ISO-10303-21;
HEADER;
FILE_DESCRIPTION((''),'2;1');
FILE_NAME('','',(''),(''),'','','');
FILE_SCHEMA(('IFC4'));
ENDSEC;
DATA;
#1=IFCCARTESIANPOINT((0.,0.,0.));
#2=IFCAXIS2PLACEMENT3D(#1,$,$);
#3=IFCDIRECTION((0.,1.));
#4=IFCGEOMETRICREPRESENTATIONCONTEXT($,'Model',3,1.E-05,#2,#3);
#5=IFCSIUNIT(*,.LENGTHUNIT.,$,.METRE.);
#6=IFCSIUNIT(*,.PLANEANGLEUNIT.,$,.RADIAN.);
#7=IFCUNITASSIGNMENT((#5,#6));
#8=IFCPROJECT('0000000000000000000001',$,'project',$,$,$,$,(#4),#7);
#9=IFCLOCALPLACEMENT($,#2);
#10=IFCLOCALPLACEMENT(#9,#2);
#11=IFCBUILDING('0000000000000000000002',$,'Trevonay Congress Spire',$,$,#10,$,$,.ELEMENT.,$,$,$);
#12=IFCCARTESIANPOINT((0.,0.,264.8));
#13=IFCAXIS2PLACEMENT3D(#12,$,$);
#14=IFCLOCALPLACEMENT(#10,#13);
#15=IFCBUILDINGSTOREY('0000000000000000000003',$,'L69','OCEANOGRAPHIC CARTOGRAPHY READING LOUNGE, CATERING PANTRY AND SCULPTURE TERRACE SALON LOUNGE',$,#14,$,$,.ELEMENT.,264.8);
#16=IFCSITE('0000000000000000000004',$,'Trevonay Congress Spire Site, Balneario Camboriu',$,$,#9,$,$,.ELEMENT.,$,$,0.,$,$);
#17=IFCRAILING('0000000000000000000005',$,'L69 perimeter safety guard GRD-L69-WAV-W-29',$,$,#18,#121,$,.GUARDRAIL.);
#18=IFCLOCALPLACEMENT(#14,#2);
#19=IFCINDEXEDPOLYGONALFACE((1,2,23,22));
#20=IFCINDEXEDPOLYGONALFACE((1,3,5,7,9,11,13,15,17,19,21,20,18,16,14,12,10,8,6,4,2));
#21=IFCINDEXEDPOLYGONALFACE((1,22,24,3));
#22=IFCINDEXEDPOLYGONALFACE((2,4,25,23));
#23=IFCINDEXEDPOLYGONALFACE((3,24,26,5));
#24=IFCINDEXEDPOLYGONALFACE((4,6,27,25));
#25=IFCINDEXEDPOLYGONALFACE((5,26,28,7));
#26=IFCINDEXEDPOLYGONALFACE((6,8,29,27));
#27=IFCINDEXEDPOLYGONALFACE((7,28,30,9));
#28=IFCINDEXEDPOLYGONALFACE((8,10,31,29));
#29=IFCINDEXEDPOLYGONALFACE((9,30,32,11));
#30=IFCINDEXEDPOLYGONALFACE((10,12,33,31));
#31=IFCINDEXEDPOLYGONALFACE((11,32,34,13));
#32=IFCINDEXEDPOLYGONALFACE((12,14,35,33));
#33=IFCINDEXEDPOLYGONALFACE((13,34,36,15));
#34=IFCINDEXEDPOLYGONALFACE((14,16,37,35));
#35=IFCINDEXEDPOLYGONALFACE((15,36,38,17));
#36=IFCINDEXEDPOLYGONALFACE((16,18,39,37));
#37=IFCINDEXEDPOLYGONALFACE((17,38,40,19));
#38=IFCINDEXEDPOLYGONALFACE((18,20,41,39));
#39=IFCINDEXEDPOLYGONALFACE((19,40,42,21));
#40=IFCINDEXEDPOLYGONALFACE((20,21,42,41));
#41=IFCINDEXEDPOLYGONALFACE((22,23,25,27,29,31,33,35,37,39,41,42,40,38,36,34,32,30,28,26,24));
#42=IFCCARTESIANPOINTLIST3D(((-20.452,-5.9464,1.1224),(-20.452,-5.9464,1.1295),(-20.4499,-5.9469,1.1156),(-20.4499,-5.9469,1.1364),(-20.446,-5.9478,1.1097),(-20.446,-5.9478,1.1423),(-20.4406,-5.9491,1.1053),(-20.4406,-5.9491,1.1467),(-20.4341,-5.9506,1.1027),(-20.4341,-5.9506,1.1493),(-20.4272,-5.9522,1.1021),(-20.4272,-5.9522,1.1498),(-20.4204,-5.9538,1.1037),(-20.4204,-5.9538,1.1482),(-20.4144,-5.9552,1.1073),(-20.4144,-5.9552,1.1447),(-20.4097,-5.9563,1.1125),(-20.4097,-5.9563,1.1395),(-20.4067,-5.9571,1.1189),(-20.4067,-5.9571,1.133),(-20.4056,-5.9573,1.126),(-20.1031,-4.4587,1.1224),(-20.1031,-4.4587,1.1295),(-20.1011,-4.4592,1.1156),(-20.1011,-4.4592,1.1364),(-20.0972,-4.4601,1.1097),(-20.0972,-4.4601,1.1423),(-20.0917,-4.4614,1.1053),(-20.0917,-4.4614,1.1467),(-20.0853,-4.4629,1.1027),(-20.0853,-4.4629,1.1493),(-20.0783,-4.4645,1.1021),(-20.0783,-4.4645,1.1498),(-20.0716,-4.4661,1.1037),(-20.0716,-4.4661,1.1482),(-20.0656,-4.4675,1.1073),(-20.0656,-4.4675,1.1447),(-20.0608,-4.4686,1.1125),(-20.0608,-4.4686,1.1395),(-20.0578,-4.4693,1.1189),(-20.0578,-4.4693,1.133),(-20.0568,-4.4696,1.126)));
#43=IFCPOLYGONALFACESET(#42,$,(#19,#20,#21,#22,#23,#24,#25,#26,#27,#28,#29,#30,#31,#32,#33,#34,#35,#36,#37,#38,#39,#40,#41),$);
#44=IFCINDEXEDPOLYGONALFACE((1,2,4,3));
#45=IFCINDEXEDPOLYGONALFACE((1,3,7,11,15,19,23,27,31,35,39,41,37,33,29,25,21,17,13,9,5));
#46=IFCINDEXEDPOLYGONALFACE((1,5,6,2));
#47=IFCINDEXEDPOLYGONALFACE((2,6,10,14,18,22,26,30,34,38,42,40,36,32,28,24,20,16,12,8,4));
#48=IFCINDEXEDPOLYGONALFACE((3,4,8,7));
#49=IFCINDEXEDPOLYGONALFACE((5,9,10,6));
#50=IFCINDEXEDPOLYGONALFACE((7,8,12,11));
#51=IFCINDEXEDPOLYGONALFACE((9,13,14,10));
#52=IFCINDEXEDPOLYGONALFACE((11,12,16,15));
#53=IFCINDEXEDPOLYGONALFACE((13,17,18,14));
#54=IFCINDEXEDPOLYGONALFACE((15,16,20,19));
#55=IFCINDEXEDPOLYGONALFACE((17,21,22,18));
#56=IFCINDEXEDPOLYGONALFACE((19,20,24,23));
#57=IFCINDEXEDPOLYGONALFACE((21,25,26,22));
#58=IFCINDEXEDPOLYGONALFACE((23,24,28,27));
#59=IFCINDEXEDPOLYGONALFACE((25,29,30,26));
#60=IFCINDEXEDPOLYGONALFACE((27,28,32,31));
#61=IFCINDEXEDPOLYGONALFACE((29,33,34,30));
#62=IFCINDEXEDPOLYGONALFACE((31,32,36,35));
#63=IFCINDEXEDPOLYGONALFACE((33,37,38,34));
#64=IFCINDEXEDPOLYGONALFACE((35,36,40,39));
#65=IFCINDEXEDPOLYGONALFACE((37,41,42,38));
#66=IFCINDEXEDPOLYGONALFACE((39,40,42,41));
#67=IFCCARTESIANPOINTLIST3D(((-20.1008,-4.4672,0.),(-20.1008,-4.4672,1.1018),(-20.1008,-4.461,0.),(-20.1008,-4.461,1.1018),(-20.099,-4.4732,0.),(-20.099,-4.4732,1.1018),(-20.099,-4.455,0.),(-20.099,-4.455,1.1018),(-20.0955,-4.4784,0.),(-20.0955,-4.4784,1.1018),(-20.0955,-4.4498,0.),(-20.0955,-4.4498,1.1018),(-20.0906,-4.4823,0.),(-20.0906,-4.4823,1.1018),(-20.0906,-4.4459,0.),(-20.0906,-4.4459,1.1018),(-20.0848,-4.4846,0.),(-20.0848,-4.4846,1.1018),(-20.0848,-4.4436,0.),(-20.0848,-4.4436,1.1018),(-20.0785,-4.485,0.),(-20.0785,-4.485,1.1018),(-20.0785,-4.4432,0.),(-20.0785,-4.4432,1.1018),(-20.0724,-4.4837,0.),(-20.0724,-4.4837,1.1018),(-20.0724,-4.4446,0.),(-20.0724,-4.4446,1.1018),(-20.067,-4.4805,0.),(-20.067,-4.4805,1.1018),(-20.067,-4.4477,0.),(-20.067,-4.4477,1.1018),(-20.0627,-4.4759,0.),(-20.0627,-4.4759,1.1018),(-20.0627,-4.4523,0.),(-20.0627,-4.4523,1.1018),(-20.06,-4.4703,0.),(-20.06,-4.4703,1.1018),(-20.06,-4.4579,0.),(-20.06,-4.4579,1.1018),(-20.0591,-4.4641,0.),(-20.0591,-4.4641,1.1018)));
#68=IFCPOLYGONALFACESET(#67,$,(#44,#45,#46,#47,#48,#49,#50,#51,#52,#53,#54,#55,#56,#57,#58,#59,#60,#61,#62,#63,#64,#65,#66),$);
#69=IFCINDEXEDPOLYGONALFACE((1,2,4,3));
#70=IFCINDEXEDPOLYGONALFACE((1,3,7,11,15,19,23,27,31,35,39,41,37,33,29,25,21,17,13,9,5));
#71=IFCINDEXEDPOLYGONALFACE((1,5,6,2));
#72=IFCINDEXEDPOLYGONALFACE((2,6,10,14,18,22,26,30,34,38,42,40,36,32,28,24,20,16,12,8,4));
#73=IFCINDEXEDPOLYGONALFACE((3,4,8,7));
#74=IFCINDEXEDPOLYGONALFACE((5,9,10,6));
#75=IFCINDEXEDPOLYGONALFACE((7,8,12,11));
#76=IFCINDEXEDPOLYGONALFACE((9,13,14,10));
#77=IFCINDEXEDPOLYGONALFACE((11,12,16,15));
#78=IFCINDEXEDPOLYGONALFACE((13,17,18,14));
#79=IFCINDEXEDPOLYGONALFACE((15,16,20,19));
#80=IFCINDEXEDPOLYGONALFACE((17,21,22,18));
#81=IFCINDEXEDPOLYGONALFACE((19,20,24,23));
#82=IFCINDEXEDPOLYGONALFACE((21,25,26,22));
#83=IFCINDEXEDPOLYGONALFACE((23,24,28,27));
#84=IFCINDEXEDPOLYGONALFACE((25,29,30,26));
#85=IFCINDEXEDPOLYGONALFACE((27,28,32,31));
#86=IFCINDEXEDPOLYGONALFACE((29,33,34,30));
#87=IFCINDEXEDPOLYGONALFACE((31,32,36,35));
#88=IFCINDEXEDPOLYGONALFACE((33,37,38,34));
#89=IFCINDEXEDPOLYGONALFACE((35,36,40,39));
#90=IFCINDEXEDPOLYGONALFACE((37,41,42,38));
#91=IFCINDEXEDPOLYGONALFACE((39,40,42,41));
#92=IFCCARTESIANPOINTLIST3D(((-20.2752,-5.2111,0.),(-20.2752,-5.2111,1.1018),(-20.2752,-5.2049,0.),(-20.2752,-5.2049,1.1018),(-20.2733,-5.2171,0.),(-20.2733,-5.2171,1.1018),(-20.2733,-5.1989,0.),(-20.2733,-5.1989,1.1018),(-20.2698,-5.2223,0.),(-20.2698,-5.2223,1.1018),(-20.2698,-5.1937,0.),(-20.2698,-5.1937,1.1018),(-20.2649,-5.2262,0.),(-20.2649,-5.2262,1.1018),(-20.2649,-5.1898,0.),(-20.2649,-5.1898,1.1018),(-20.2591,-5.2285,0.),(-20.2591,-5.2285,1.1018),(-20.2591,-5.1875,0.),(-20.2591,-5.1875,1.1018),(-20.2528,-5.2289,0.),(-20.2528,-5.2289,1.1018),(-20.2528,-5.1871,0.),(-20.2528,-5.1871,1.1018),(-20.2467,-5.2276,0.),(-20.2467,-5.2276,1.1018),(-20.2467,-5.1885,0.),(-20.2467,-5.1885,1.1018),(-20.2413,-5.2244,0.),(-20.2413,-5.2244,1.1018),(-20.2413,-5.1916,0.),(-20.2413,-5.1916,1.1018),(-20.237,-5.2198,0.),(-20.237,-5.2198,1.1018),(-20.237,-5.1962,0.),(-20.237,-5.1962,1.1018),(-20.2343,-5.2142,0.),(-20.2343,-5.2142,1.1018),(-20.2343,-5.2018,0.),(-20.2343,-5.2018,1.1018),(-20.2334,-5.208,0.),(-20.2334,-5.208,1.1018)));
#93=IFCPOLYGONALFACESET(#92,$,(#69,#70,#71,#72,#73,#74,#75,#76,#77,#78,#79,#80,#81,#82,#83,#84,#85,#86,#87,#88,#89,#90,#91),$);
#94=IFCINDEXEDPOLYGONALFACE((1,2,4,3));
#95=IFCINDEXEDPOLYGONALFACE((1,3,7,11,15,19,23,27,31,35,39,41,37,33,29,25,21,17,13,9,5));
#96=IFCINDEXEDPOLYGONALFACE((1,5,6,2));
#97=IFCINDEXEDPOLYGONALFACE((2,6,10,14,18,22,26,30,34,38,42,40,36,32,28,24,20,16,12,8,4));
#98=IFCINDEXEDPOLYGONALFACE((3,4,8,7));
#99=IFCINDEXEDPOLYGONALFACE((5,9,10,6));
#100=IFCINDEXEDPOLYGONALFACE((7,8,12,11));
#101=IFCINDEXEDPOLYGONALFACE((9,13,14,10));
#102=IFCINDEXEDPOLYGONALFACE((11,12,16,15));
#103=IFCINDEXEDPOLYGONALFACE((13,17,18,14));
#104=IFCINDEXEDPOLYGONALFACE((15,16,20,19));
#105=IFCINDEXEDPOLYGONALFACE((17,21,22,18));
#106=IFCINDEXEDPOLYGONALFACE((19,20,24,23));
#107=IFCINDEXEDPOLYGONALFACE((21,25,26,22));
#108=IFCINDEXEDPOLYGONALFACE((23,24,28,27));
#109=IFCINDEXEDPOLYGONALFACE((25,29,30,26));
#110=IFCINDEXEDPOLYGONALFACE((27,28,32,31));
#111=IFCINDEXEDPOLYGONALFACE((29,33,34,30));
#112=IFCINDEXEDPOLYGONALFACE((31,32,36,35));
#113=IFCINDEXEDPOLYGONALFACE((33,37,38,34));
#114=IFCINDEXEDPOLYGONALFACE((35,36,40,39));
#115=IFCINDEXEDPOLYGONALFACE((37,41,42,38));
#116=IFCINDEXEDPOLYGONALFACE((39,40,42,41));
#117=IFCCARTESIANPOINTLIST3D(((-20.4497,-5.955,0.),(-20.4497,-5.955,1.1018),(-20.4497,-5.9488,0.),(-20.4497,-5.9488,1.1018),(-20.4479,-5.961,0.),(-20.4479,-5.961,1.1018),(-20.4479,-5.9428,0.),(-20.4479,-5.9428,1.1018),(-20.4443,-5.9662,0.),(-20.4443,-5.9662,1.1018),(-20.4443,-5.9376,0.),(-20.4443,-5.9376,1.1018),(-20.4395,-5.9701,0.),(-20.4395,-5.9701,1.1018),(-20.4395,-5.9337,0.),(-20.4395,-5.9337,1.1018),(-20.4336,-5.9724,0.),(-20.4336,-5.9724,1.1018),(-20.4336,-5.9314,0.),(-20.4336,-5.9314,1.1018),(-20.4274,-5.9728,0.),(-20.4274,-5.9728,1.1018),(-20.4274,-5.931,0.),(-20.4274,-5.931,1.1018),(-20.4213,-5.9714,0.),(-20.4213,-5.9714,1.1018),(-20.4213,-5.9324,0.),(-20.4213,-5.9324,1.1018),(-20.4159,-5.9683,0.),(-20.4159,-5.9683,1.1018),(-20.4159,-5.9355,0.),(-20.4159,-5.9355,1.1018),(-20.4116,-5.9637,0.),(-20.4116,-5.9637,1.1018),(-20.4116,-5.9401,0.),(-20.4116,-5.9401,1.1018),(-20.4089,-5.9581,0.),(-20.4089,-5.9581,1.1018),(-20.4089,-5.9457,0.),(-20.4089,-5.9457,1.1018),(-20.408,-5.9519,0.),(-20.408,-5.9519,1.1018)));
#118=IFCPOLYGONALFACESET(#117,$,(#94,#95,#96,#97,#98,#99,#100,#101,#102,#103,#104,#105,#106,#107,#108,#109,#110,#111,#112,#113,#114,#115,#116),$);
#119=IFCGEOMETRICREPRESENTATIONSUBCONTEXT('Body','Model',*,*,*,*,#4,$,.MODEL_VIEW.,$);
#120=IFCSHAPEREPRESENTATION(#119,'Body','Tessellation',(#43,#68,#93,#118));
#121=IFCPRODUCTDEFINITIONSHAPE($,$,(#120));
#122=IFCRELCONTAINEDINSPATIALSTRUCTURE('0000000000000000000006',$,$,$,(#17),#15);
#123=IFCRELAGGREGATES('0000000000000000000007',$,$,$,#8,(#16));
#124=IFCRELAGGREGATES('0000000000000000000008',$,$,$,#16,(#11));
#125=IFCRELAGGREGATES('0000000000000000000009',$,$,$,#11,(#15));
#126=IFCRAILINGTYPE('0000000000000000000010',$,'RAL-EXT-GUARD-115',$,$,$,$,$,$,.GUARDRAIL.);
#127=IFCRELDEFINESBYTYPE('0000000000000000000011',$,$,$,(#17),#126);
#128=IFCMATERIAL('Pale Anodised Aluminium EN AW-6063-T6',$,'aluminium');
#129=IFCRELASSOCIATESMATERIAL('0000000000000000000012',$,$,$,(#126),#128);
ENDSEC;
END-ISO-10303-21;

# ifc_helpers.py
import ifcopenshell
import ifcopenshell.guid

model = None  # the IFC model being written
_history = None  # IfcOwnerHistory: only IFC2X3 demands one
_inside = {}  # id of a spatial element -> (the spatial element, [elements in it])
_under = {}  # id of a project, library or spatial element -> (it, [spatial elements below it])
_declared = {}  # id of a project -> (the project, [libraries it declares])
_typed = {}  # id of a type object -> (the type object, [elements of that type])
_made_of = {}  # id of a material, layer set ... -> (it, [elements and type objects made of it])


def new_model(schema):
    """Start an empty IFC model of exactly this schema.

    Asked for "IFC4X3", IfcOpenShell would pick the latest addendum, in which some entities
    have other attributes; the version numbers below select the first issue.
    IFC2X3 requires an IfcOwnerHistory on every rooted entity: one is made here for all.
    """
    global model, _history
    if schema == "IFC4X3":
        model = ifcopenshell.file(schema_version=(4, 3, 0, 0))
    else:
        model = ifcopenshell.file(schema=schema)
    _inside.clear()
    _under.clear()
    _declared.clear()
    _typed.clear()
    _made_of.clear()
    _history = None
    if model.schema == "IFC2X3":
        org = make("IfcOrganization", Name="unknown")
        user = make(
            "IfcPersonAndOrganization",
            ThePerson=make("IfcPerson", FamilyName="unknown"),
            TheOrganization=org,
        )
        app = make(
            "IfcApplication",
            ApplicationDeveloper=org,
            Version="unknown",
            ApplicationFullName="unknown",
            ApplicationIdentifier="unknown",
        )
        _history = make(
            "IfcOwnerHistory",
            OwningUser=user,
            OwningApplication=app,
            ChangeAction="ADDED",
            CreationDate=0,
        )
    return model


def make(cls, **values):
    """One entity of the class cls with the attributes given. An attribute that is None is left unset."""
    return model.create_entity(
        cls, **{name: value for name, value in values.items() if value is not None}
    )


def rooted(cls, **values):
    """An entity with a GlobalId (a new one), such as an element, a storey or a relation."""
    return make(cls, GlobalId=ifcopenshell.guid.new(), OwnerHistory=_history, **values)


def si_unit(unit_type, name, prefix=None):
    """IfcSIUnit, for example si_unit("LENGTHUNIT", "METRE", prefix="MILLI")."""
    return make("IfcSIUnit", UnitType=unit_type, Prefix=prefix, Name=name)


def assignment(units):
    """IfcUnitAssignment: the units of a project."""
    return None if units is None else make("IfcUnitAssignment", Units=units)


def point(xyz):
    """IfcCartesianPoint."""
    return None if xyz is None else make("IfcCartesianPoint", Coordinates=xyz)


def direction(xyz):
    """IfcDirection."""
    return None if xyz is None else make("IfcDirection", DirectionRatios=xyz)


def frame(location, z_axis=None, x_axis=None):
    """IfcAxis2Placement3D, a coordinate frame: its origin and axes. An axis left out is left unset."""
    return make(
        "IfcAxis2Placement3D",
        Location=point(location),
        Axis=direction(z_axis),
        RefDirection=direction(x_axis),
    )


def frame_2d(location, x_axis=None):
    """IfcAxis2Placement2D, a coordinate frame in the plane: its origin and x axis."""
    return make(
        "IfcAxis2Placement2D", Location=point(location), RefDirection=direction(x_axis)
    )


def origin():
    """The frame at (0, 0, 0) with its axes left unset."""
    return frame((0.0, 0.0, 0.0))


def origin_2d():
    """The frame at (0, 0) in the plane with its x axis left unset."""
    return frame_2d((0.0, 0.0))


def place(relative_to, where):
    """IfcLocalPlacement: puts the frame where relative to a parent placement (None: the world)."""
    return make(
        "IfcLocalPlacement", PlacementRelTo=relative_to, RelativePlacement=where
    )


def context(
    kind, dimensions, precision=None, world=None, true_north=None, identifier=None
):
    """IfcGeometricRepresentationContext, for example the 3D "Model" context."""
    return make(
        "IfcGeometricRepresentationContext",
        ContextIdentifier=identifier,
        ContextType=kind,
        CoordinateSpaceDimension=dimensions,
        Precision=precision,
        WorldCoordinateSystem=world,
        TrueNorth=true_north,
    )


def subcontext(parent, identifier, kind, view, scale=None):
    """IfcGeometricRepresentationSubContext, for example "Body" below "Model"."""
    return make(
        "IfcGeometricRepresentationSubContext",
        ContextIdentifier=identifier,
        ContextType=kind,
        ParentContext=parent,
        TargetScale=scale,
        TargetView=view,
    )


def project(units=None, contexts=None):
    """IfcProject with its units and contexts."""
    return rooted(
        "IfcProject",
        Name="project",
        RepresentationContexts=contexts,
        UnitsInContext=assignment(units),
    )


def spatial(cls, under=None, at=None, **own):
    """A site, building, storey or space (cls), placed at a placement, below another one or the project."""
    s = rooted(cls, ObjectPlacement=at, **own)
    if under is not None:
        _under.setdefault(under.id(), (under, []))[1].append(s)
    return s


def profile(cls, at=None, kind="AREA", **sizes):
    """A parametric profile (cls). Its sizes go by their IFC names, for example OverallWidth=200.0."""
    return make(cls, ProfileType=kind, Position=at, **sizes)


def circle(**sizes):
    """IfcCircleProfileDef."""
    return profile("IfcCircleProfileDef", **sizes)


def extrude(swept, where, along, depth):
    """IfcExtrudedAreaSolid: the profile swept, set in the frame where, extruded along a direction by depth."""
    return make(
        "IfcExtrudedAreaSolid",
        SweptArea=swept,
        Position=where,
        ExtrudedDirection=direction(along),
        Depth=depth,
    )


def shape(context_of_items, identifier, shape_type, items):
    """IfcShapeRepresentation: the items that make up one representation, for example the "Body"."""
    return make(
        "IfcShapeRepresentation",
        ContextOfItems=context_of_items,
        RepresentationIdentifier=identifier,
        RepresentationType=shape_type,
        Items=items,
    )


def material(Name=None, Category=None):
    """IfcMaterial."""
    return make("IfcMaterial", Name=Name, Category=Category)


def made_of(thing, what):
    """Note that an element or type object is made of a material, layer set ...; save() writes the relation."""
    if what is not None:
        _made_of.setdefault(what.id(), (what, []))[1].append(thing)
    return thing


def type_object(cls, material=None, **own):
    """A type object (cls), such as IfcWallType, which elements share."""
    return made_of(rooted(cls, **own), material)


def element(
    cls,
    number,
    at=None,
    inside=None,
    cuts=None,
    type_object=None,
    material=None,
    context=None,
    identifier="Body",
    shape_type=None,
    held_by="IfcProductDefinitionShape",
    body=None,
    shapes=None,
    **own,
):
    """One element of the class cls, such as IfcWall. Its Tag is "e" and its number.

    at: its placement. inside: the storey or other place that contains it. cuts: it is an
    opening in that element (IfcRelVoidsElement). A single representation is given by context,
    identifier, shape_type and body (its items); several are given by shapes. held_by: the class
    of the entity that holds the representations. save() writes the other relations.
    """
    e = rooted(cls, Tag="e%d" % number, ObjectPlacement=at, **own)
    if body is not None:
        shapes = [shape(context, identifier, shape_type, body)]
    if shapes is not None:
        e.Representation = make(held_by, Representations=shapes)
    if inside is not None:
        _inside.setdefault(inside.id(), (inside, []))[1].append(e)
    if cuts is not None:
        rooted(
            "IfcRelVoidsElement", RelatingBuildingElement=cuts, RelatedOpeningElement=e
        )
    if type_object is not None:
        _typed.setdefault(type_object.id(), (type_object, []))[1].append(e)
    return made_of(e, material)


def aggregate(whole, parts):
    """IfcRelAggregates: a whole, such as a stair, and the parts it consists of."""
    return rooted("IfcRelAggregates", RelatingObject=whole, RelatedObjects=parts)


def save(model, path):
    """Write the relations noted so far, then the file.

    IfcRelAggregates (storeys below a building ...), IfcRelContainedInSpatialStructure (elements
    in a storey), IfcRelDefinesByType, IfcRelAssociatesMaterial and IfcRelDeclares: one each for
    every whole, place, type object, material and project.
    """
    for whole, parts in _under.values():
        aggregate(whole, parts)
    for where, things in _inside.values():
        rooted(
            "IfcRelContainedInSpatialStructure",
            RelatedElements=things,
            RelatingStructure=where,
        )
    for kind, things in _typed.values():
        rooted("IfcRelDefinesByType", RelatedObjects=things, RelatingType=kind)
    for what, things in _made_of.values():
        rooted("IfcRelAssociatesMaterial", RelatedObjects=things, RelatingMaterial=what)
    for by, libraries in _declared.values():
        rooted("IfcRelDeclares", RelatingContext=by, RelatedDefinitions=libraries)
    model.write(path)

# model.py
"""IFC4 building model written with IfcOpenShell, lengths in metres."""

from ifc_helpers import new_model, si_unit, direction, frame, origin, origin_2d, place, context, subcontext, project, spatial, circle, extrude, material, type_object, element, save


model = new_model("IFC4")

# Units and contexts
model_context = context("Model", 3, precision=1e-05, world=origin(), true_north=direction((0.0, 1.0)))
body_context = subcontext(model_context, "Body", "Model", "MODEL_VIEW")
ifc_project = project(units=[si_unit("LENGTHUNIT", "METRE"), si_unit("PLANEANGLEUNIT", "RADIAN")], contexts=[model_context])

# Site, building, storey
site_placement = place(None, origin())
site = spatial("IfcSite", under=ifc_project, at=site_placement, Name="Trevonay Congress Spire Site, Balneario Camboriu", CompositionType="ELEMENT", RefElevation=0.0)
building_placement = place(site_placement, origin())
building = spatial("IfcBuilding", under=site, at=building_placement, Name="Trevonay Congress Spire", CompositionType="ELEMENT")
storey_placement = place(building_placement, frame((0.0, 0.0, 264.8)))
storey = spatial("IfcBuildingStorey", under=building, at=storey_placement, Name="L69", Description="OCEANOGRAPHIC CARTOGRAPHY READING LOUNGE, CATERING PANTRY AND SCULPTURE TERRACE SALON LOUNGE", CompositionType="ELEMENT", Elevation=264.8)

# Shared definitions
ifc_material_1 = material(Name="Pale Anodised Aluminium EN AW-6063-T6", Category="aluminium")

# Railing
railing_type = type_object("IfcRailingType", Name="RAL-EXT-GUARD-115", PredefinedType="GUARDRAIL", material=ifc_material_1)
railing_1_placement = place(storey_placement, frame((-20.0801, -4.4641, 0.0)))
element("IfcRailing", 1, at=railing_1_placement, inside=storey, type_object=railing_type, Name="L69 perimeter safety guard GRD-L69-WAV-W-29", PredefinedType="GUARDRAIL", context=body_context, shape_type="SweptSolid", body=[
    extrude(circle(Radius=0.0239, at=origin_2d()), frame((0.0, 0.0, 1.126), z_axis=(-0.2283, -0.973591, 0.0), x_axis=(0.973591, -0.2283, 0.0)), (0.0, 0.0, 1.0), 1.5281),
    extrude(circle(Radius=0.021, at=origin_2d()), origin(), (0.0, 0.0, 1.0), 1.1018),
    extrude(circle(Radius=0.021, at=origin_2d()), frame((-0.1743, -0.7439, 0.0)), (0.0, 0.0, 1.0), 1.1018),
    extrude(circle(Radius=0.021, at=origin_2d()), frame((-0.3489, -1.4878, 0.0)), (0.0, 0.0, 1.0), 1.1018),
])

save(model, "model.ifc")
